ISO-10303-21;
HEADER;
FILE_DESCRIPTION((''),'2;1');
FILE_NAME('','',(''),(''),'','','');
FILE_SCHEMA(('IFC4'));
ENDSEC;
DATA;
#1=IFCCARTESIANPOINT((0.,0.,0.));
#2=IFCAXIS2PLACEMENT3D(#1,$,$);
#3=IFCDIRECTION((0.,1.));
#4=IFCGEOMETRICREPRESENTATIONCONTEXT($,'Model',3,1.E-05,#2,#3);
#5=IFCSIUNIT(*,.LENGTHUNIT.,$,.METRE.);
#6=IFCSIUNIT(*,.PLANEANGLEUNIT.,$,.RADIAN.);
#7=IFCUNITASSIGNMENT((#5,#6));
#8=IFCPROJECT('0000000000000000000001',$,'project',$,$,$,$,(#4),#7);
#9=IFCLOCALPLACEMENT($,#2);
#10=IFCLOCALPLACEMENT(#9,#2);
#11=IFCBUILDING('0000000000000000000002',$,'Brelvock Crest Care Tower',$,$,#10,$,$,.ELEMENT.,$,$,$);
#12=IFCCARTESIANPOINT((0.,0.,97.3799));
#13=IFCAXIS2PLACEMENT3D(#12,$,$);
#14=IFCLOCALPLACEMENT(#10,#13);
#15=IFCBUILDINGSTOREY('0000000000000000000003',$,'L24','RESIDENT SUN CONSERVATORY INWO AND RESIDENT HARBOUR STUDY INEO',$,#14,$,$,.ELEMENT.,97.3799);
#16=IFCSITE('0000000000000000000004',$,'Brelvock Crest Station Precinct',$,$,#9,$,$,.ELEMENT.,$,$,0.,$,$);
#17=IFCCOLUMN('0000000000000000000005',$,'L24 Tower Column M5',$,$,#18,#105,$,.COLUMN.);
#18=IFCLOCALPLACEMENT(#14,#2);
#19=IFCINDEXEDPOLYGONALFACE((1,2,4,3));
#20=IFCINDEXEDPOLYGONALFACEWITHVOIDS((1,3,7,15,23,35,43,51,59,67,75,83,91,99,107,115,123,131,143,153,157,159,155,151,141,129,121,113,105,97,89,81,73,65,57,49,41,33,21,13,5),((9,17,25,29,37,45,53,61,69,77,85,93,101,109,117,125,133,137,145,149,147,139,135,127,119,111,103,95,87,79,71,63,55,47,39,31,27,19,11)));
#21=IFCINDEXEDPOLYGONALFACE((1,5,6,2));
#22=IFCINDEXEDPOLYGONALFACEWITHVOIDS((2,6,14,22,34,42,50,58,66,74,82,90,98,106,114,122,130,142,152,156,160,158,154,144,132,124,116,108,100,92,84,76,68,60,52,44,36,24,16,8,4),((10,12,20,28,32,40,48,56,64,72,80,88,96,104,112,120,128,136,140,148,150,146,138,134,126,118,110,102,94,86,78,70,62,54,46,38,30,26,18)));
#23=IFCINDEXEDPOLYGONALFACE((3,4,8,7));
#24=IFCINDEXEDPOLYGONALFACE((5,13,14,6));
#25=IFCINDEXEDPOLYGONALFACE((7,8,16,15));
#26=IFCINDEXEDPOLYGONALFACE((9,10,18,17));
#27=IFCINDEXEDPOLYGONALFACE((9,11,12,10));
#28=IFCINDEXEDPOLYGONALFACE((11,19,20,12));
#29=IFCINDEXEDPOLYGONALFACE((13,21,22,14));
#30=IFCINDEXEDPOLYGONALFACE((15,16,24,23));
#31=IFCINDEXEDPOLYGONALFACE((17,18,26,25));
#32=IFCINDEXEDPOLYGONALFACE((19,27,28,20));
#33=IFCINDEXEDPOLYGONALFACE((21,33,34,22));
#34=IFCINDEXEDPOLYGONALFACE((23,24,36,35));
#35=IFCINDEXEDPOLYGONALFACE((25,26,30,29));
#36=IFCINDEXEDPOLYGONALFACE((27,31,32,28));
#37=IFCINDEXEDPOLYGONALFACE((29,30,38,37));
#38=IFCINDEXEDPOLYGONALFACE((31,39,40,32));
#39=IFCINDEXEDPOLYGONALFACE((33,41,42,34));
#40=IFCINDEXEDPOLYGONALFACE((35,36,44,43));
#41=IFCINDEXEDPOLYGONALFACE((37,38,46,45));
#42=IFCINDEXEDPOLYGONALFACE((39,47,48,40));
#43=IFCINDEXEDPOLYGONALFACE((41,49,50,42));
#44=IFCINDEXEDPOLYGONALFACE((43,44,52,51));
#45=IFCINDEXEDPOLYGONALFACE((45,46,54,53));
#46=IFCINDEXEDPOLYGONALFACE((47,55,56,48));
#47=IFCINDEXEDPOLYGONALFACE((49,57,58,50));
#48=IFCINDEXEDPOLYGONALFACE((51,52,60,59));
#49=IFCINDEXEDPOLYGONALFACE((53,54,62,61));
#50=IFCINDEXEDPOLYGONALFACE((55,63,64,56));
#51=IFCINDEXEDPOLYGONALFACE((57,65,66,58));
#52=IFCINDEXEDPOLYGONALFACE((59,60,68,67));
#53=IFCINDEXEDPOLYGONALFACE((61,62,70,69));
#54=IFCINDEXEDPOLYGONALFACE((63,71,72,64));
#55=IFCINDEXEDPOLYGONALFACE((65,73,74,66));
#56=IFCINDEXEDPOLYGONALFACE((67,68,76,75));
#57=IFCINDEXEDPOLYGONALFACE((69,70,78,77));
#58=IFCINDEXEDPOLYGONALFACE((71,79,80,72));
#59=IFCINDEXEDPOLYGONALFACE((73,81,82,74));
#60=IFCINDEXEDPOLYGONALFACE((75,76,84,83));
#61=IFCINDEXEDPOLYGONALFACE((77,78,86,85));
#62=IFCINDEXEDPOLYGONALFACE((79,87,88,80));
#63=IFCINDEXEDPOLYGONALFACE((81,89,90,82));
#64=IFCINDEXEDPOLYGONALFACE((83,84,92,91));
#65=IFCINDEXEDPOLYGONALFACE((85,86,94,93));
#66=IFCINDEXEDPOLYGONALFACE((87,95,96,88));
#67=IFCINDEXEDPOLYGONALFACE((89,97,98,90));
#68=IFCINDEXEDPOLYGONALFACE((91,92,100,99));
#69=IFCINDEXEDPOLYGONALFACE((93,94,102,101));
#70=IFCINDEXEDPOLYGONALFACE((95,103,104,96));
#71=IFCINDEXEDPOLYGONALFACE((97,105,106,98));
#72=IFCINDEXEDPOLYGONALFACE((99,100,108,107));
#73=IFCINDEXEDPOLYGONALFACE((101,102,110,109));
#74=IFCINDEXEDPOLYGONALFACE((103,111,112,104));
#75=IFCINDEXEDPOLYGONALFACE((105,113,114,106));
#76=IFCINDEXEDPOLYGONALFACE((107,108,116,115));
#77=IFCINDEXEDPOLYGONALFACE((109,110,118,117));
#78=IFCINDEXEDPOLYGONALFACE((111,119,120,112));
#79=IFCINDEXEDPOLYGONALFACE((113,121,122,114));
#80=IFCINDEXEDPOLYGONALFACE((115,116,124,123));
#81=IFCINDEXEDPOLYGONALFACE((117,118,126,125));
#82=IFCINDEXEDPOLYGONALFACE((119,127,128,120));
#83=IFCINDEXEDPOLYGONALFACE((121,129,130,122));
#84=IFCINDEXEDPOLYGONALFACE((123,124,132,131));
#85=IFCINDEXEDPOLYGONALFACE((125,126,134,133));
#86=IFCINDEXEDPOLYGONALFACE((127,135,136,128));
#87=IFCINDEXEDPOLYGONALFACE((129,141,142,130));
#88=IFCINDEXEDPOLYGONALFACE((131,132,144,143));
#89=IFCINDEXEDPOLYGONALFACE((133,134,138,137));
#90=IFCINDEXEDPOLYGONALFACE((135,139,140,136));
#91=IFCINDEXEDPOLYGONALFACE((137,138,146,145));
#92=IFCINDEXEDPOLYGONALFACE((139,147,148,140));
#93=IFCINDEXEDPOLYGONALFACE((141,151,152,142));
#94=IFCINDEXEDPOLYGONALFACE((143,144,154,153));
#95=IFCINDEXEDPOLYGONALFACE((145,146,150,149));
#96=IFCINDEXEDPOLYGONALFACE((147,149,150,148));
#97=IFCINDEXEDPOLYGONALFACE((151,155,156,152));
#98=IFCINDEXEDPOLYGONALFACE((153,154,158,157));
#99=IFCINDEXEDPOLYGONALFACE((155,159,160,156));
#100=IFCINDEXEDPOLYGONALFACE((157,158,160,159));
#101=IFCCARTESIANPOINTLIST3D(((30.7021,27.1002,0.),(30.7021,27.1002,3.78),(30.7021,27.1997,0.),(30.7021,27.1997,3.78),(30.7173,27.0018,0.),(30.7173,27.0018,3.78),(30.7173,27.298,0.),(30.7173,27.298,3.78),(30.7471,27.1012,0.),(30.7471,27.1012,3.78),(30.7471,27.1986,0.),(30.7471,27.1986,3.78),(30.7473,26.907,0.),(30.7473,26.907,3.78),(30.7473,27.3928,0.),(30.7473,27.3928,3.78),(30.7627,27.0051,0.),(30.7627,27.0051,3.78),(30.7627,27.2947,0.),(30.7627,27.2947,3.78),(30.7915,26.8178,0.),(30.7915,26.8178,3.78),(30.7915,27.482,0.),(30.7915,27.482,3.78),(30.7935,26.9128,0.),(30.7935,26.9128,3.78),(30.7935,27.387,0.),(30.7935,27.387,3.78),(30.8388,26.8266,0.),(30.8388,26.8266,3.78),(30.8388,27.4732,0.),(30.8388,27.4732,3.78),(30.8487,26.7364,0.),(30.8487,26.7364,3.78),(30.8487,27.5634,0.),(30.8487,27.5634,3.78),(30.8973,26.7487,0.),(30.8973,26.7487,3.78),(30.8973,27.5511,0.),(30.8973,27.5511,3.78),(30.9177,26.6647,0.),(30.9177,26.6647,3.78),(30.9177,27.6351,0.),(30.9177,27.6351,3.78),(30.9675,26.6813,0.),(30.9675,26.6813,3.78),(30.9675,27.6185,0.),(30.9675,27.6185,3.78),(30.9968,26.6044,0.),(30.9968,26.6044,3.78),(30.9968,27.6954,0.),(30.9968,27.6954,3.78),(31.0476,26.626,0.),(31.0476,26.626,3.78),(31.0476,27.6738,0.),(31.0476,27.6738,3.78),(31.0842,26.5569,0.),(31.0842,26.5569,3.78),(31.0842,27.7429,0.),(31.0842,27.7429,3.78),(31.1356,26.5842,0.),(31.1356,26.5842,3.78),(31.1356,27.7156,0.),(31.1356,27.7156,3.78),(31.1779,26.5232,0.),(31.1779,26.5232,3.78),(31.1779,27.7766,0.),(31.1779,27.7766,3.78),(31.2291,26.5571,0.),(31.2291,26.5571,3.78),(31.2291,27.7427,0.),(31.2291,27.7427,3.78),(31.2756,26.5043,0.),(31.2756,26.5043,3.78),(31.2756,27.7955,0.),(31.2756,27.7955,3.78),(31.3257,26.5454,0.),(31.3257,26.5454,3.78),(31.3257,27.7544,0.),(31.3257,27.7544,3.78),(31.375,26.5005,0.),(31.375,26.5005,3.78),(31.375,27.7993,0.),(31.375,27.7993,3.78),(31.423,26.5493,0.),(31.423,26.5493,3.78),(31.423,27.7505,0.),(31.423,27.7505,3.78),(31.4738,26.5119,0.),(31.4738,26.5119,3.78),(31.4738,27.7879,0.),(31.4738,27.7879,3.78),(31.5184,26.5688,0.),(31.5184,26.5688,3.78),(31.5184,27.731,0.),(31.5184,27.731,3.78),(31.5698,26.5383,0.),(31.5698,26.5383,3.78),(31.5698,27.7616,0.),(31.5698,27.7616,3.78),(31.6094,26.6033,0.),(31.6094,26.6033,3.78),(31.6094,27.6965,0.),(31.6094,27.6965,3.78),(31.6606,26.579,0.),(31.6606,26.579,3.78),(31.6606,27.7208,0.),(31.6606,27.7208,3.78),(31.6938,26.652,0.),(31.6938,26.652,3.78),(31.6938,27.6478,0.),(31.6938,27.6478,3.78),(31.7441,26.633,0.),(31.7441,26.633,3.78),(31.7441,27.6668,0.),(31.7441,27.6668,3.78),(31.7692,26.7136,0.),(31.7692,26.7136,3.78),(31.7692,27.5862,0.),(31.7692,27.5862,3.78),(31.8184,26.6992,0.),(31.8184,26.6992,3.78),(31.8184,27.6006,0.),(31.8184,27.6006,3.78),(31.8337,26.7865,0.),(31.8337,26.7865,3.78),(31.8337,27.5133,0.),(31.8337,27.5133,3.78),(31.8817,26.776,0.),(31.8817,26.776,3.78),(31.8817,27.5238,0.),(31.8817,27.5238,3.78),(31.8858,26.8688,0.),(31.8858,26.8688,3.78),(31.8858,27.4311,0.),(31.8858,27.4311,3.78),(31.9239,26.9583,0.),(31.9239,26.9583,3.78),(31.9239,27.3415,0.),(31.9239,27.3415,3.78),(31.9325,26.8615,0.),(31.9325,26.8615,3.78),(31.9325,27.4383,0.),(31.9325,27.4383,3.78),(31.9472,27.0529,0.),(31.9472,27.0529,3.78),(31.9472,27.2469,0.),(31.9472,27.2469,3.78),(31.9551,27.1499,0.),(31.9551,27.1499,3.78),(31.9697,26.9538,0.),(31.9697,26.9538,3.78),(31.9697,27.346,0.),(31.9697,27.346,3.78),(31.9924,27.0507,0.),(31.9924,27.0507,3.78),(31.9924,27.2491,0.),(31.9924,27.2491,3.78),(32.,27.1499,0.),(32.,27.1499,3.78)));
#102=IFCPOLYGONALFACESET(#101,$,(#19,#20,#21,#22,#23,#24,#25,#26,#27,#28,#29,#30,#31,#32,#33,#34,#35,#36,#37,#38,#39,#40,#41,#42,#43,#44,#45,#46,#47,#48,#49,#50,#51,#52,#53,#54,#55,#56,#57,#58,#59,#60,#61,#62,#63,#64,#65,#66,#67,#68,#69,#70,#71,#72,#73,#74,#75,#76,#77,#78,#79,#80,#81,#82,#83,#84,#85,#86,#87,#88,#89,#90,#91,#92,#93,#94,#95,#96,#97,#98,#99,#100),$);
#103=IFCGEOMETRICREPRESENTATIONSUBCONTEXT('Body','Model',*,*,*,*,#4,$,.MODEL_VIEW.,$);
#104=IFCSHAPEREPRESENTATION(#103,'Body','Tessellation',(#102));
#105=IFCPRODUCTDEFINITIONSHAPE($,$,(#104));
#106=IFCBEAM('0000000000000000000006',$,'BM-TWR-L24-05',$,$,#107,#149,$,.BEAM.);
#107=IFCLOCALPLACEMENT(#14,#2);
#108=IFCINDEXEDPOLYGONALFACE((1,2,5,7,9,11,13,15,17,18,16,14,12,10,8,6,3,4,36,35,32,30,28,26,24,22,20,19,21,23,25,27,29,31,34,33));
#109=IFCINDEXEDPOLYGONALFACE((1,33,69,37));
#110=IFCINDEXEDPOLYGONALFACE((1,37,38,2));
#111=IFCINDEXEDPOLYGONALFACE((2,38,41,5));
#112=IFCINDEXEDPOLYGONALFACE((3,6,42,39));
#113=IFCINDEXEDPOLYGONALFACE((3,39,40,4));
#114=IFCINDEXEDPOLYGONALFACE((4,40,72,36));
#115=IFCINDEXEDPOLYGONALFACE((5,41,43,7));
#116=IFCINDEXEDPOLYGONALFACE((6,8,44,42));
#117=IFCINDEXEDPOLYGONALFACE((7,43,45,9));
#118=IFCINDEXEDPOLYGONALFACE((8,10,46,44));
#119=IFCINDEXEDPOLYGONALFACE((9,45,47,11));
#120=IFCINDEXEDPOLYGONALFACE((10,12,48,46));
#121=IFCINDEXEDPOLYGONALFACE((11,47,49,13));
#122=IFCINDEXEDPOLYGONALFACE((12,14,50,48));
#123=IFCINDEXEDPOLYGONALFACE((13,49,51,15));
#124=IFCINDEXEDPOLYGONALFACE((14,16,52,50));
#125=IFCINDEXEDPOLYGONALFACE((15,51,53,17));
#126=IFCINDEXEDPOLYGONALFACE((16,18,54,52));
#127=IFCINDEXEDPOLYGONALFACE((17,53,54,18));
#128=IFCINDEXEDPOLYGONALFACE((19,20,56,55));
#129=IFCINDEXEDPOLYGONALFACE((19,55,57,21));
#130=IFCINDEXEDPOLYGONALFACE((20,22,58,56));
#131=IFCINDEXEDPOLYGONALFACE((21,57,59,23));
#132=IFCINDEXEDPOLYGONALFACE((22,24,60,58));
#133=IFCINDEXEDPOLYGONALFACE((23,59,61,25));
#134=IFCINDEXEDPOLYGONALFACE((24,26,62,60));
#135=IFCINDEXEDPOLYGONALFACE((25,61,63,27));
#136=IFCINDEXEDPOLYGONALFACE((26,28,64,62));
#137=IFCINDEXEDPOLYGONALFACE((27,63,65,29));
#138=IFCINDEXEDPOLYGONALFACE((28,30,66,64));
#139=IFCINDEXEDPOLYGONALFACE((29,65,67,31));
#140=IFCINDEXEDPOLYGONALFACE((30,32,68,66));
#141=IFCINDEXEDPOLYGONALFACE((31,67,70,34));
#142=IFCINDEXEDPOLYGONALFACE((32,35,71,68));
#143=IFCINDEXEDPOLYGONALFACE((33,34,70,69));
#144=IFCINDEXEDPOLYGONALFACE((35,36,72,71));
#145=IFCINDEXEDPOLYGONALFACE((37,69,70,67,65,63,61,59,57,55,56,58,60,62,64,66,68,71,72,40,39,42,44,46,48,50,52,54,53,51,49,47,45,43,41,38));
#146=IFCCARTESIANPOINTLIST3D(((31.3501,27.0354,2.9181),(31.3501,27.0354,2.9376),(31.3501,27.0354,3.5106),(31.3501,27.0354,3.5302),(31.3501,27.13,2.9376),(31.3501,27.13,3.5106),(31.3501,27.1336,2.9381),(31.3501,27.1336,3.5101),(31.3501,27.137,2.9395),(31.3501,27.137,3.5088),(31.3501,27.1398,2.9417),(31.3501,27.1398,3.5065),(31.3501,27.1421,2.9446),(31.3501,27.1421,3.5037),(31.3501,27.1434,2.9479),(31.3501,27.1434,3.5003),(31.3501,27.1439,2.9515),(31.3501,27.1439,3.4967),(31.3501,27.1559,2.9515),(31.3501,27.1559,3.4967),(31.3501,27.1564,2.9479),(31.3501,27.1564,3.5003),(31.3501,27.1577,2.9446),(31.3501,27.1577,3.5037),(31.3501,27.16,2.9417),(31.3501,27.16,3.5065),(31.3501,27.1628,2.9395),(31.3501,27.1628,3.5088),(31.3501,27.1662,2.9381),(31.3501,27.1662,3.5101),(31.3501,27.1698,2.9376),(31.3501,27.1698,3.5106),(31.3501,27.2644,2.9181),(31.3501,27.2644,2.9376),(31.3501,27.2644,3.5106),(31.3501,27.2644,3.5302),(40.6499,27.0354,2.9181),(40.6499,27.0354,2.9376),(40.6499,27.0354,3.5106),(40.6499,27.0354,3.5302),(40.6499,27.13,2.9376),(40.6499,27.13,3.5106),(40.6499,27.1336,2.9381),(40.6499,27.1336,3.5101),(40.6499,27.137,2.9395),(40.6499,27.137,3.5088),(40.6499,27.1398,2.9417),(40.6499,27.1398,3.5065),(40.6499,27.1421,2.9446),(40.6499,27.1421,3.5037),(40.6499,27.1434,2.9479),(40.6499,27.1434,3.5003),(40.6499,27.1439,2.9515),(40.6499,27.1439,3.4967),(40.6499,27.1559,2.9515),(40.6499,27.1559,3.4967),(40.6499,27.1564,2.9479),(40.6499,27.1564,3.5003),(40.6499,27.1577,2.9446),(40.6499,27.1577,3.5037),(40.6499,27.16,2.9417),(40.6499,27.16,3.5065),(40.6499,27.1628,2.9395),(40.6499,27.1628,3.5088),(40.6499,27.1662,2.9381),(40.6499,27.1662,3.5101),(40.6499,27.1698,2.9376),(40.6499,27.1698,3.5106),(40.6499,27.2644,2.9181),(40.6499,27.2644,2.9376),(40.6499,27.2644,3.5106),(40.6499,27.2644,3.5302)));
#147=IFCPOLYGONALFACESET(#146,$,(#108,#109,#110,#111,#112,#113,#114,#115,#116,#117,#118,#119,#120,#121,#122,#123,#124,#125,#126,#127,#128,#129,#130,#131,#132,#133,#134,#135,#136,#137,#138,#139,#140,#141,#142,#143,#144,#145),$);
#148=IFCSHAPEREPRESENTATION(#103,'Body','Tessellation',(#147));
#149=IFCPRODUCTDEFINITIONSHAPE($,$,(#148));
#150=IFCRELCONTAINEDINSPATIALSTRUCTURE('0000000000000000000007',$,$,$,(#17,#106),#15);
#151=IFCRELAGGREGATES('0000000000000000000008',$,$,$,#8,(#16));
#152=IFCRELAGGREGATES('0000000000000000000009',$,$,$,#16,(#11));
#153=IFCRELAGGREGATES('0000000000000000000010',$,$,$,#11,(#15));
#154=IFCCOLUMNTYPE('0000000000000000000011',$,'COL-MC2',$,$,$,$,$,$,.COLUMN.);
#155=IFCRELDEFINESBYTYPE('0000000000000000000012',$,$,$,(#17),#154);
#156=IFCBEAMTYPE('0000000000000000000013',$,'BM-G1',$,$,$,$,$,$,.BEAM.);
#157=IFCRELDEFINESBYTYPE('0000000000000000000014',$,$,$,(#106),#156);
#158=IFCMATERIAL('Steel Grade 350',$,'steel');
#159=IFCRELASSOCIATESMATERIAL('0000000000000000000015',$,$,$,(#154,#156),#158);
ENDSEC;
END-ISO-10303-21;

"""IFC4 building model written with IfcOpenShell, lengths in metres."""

from ifc_helpers import new_model, si_unit, direction, frame, origin, origin_2d, place, context, subcontext, project, spatial, hollow_circle, i_section, extrude, source, transform, mapped, material, material_profile, profile_set, type_object, element, save


model = new_model("IFC4")

# Units and contexts
model_context = context("Model", 3, precision=1e-05, world=origin(), true_north=direction((0.0, 1.0)))
body_context = subcontext(model_context, "Body", "Model", "MODEL_VIEW")
ifc_project = project(units=[si_unit("LENGTHUNIT", "METRE"), si_unit("PLANEANGLEUNIT", "RADIAN")], contexts=[model_context])

# Site, building, storey
site_placement = place(None, origin())
site = spatial("IfcSite", under=ifc_project, at=site_placement, Name="Brelvock Crest Station Precinct", CompositionType="ELEMENT", RefElevation=0.0)
building_placement = place(site_placement, origin())
building = spatial("IfcBuilding", under=site, at=building_placement, Name="Brelvock Crest Care Tower", CompositionType="ELEMENT")
storey_placement = place(building_placement, frame((0.0, 0.0, 97.3799)))
storey = spatial("IfcBuildingStorey", under=building, at=storey_placement, Name="L24", Description="RESIDENT SUN CONSERVATORY INWO AND RESIDENT HARBOUR STUDY INEO", CompositionType="ELEMENT", Elevation=97.3799)

# Column
ifc_material_1 = material(Name="Steel Grade 350", Category="steel")
ifc_material_profile_1 = material_profile(ifc_material_1, hollow_circle(Radius=0.6499, WallThickness=0.0449, at=origin_2d()), Name="CFT1300x45")
ifc_profile_set_1 = profile_set([ifc_material_profile_1], Name="Steel Grade 350")
column_type = type_object("IfcColumnType", Name="COL-MC2", PredefinedType="COLUMN", material=ifc_profile_set_1)
shared_shape_1 = source(origin(), body_context, "Body", "SweptSolid", [
    extrude(hollow_circle(Radius=0.6499, WallThickness=0.0449, at=origin_2d()), origin(), (0.0, 0.0, 1.0), 3.78),
])
column_placement = place(storey_placement, frame((31.3501, 27.1499, 0.0), z_axis=(0.0, 0.0, 1.0), x_axis=(1.0, 0.0, 0.0)))
element("IfcColumn", 1, at=column_placement, inside=storey, type_object=column_type, Name="L24 Tower Column M5", PredefinedType="COLUMN", context=body_context, shape_type="MappedRepresentation", body=[
    mapped(shared_shape_1, transform((0.0, 0.0, 0.0), x_axis=(1.0, 0.0, 0.0), y_axis=(0.0, 1.0, 0.0), z_axis=(0.0, 0.0, 1.0), scale=1.0)),
])

# Beam
ifc_material_profile_2 = material_profile(ifc_material_1, i_section(OverallWidth=0.229, OverallDepth=0.6121, WebThickness=0.012, FlangeThickness=0.0195, FilletRadius=0.0139, at=origin_2d()), Name="610UB125")
ifc_profile_set_2 = profile_set([ifc_material_profile_2], Name="Steel Grade 350")
beam_type_1 = type_object("IfcBeamType", Name="BM-G1", PredefinedType="BEAM", material=ifc_profile_set_2)
shared_shape_2 = source(origin(), body_context, "Body", "SweptSolid", [
    extrude(i_section(OverallWidth=0.229, OverallDepth=0.6121, WebThickness=0.012, FlangeThickness=0.0195, FilletRadius=0.0139, at=origin_2d()), origin(), (0.0, 0.0, 1.0), 9.2998),
])
beam_1_placement = place(storey_placement, frame((31.3501, 27.1499, 3.2241), z_axis=(1.0, 0.0, 0.0), x_axis=(0.0, 1.0, 0.0)))
element("IfcBeam", 2, at=beam_1_placement, inside=storey, type_object=beam_type_1, Name="BM-TWR-L24-05", PredefinedType="BEAM", context=body_context, shape_type="MappedRepresentation", body=[
    mapped(shared_shape_2, transform((0.0, 0.0, 0.0), x_axis=(1.0, 0.0, 0.0), y_axis=(0.0, 1.0, 0.0), z_axis=(0.0, 0.0, 1.0), scale=1.0)),
])

save(model, "model.ifc")
